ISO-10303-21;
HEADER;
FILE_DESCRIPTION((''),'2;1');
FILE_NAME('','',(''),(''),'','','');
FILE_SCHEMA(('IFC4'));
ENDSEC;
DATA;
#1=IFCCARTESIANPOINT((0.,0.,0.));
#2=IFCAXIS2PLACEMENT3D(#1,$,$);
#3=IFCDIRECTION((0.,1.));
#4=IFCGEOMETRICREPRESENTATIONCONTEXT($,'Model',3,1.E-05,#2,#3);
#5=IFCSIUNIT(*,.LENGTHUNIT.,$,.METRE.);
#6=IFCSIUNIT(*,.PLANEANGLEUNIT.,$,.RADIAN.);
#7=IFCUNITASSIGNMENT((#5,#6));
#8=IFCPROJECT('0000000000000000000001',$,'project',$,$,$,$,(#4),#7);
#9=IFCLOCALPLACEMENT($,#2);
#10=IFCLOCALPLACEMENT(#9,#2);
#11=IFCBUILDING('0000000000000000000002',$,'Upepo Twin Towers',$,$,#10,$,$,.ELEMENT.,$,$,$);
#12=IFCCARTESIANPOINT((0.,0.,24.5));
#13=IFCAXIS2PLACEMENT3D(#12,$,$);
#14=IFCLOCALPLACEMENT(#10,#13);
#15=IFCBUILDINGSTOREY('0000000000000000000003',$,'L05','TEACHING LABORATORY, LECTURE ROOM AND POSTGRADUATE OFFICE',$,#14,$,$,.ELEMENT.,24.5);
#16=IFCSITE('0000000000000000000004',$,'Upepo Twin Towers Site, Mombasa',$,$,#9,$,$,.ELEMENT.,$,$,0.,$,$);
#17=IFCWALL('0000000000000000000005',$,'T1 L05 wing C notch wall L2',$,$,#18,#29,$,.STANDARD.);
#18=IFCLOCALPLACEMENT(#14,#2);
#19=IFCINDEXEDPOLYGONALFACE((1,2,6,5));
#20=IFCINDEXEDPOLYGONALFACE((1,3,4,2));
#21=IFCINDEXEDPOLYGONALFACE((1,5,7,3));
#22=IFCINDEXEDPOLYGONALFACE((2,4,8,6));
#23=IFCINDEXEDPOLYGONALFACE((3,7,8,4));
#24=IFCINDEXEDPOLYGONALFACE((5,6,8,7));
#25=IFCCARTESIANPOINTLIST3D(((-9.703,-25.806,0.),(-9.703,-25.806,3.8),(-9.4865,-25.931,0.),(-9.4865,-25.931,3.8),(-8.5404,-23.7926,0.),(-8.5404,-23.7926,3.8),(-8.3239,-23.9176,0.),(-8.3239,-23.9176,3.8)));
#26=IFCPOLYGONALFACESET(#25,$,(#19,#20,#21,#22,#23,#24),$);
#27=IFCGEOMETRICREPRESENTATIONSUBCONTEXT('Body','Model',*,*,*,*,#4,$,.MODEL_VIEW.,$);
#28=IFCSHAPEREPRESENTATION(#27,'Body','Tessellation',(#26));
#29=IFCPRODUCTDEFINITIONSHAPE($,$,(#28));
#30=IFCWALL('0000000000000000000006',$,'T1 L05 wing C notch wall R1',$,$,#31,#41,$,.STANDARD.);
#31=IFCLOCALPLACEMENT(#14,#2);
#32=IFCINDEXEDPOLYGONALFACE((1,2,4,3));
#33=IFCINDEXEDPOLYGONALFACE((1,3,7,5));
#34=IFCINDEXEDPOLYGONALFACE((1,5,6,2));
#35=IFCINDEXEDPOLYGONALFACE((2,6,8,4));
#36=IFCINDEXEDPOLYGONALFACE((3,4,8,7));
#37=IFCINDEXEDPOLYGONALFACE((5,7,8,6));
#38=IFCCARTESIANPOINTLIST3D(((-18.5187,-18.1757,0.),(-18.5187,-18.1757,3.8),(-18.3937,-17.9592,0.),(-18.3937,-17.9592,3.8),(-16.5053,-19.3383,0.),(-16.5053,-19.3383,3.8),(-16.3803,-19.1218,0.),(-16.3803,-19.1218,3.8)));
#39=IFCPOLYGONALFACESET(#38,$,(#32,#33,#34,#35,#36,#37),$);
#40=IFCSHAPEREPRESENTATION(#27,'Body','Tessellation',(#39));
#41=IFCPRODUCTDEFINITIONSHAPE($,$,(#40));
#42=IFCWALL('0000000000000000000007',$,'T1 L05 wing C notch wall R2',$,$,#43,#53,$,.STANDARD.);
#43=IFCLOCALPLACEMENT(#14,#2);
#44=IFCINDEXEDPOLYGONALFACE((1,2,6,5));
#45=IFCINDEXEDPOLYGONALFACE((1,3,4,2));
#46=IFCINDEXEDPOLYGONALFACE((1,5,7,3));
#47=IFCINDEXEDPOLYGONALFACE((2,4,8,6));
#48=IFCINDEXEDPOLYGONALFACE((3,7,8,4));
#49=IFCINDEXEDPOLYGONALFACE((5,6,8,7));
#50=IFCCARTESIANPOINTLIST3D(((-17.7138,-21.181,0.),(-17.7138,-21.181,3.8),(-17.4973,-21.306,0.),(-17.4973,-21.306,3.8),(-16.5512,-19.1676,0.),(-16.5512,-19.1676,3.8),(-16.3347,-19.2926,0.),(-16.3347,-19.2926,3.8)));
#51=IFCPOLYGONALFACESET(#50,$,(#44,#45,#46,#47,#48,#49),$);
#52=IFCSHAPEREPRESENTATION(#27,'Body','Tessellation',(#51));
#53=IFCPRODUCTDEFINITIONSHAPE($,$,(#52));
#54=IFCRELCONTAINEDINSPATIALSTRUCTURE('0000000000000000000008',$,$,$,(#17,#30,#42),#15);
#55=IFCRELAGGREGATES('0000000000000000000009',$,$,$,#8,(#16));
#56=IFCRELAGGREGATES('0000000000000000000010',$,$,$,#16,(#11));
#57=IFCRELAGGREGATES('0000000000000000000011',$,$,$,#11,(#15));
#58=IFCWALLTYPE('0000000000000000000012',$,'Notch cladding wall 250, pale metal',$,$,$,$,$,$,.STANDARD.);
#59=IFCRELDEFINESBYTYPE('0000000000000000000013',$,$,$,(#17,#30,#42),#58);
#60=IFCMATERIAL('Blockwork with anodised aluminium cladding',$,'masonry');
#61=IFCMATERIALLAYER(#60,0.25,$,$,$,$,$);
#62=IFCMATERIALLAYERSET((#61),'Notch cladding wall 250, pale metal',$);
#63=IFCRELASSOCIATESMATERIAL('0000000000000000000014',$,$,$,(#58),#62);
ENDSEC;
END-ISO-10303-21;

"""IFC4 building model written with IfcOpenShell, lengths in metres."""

from ifc_helpers import new_model, si_unit, direction, frame, frame_2d, origin, place, context, subcontext, project, spatial, rectangle, extrude, material, layer, layer_set, type_object, element, save


model = new_model("IFC4")

# Units and contexts
model_context = context("Model", 3, precision=1e-05, world=origin(), true_north=direction((0.0, 1.0)))
body_context = subcontext(model_context, "Body", "Model", "MODEL_VIEW")
ifc_project = project(units=[si_unit("LENGTHUNIT", "METRE"), si_unit("PLANEANGLEUNIT", "RADIAN")], contexts=[model_context])

# Site, building, storey
site_placement = place(None, origin())
site = spatial("IfcSite", under=ifc_project, at=site_placement, Name="Upepo Twin Towers Site, Mombasa", CompositionType="ELEMENT", RefElevation=0.0)
building_placement = place(site_placement, origin())
building = spatial("IfcBuilding", under=site, at=building_placement, Name="Upepo Twin Towers", CompositionType="ELEMENT")
storey_placement = place(building_placement, frame((0.0, 0.0, 24.5)))
storey = spatial("IfcBuildingStorey", under=building, at=storey_placement, Name="L05", Description="TEACHING LABORATORY, LECTURE ROOM AND POSTGRADUATE OFFICE", CompositionType="ELEMENT", Elevation=24.5)

# Walls
ifc_material_1 = material(Name="Blockwork with anodised aluminium cladding", Category="masonry")
ifc_layer_1 = layer(ifc_material_1, 0.25)
ifc_layer_set_1 = layer_set([ifc_layer_1], Name="Notch cladding wall 250, pale metal")
wall_type_1 = type_object("IfcWallType", Name="Notch cladding wall 250, pale metal", PredefinedType="STANDARD", material=ifc_layer_set_1)
for number, where, z_axis, x_axis, name in (
    (1, (-8.4321, -23.855, 0.0), (0.0, 0.0, 1.0), (-0.500047, -0.865998, 0.0), "T1 L05 wing C notch wall L2"),
    (2, (-18.4563, -18.0674, 0.0), (0.0, 0.0, 1.0), (0.865998, -0.500047, 0.0), "T1 L05 wing C notch wall R1"),
    (3, (-16.4429, -19.23, 0.0), (0.0, 0.0, 1.0), (-0.500047, -0.865998, 0.0), "T1 L05 wing C notch wall R2"),
):
    element("IfcWall", number, at=place(storey_placement, frame(where, z_axis=z_axis, x_axis=x_axis)), inside=storey, type_object=wall_type_1, Name=name, PredefinedType="STANDARD", context=body_context, shape_type="SweptSolid", body=[
        extrude(rectangle(XDim=2.325, YDim=0.25, at=frame_2d((1.1626, 0.0))), origin(), (0.0, 0.0, 1.0), 3.8),
    ])

save(model, "model.ifc")
